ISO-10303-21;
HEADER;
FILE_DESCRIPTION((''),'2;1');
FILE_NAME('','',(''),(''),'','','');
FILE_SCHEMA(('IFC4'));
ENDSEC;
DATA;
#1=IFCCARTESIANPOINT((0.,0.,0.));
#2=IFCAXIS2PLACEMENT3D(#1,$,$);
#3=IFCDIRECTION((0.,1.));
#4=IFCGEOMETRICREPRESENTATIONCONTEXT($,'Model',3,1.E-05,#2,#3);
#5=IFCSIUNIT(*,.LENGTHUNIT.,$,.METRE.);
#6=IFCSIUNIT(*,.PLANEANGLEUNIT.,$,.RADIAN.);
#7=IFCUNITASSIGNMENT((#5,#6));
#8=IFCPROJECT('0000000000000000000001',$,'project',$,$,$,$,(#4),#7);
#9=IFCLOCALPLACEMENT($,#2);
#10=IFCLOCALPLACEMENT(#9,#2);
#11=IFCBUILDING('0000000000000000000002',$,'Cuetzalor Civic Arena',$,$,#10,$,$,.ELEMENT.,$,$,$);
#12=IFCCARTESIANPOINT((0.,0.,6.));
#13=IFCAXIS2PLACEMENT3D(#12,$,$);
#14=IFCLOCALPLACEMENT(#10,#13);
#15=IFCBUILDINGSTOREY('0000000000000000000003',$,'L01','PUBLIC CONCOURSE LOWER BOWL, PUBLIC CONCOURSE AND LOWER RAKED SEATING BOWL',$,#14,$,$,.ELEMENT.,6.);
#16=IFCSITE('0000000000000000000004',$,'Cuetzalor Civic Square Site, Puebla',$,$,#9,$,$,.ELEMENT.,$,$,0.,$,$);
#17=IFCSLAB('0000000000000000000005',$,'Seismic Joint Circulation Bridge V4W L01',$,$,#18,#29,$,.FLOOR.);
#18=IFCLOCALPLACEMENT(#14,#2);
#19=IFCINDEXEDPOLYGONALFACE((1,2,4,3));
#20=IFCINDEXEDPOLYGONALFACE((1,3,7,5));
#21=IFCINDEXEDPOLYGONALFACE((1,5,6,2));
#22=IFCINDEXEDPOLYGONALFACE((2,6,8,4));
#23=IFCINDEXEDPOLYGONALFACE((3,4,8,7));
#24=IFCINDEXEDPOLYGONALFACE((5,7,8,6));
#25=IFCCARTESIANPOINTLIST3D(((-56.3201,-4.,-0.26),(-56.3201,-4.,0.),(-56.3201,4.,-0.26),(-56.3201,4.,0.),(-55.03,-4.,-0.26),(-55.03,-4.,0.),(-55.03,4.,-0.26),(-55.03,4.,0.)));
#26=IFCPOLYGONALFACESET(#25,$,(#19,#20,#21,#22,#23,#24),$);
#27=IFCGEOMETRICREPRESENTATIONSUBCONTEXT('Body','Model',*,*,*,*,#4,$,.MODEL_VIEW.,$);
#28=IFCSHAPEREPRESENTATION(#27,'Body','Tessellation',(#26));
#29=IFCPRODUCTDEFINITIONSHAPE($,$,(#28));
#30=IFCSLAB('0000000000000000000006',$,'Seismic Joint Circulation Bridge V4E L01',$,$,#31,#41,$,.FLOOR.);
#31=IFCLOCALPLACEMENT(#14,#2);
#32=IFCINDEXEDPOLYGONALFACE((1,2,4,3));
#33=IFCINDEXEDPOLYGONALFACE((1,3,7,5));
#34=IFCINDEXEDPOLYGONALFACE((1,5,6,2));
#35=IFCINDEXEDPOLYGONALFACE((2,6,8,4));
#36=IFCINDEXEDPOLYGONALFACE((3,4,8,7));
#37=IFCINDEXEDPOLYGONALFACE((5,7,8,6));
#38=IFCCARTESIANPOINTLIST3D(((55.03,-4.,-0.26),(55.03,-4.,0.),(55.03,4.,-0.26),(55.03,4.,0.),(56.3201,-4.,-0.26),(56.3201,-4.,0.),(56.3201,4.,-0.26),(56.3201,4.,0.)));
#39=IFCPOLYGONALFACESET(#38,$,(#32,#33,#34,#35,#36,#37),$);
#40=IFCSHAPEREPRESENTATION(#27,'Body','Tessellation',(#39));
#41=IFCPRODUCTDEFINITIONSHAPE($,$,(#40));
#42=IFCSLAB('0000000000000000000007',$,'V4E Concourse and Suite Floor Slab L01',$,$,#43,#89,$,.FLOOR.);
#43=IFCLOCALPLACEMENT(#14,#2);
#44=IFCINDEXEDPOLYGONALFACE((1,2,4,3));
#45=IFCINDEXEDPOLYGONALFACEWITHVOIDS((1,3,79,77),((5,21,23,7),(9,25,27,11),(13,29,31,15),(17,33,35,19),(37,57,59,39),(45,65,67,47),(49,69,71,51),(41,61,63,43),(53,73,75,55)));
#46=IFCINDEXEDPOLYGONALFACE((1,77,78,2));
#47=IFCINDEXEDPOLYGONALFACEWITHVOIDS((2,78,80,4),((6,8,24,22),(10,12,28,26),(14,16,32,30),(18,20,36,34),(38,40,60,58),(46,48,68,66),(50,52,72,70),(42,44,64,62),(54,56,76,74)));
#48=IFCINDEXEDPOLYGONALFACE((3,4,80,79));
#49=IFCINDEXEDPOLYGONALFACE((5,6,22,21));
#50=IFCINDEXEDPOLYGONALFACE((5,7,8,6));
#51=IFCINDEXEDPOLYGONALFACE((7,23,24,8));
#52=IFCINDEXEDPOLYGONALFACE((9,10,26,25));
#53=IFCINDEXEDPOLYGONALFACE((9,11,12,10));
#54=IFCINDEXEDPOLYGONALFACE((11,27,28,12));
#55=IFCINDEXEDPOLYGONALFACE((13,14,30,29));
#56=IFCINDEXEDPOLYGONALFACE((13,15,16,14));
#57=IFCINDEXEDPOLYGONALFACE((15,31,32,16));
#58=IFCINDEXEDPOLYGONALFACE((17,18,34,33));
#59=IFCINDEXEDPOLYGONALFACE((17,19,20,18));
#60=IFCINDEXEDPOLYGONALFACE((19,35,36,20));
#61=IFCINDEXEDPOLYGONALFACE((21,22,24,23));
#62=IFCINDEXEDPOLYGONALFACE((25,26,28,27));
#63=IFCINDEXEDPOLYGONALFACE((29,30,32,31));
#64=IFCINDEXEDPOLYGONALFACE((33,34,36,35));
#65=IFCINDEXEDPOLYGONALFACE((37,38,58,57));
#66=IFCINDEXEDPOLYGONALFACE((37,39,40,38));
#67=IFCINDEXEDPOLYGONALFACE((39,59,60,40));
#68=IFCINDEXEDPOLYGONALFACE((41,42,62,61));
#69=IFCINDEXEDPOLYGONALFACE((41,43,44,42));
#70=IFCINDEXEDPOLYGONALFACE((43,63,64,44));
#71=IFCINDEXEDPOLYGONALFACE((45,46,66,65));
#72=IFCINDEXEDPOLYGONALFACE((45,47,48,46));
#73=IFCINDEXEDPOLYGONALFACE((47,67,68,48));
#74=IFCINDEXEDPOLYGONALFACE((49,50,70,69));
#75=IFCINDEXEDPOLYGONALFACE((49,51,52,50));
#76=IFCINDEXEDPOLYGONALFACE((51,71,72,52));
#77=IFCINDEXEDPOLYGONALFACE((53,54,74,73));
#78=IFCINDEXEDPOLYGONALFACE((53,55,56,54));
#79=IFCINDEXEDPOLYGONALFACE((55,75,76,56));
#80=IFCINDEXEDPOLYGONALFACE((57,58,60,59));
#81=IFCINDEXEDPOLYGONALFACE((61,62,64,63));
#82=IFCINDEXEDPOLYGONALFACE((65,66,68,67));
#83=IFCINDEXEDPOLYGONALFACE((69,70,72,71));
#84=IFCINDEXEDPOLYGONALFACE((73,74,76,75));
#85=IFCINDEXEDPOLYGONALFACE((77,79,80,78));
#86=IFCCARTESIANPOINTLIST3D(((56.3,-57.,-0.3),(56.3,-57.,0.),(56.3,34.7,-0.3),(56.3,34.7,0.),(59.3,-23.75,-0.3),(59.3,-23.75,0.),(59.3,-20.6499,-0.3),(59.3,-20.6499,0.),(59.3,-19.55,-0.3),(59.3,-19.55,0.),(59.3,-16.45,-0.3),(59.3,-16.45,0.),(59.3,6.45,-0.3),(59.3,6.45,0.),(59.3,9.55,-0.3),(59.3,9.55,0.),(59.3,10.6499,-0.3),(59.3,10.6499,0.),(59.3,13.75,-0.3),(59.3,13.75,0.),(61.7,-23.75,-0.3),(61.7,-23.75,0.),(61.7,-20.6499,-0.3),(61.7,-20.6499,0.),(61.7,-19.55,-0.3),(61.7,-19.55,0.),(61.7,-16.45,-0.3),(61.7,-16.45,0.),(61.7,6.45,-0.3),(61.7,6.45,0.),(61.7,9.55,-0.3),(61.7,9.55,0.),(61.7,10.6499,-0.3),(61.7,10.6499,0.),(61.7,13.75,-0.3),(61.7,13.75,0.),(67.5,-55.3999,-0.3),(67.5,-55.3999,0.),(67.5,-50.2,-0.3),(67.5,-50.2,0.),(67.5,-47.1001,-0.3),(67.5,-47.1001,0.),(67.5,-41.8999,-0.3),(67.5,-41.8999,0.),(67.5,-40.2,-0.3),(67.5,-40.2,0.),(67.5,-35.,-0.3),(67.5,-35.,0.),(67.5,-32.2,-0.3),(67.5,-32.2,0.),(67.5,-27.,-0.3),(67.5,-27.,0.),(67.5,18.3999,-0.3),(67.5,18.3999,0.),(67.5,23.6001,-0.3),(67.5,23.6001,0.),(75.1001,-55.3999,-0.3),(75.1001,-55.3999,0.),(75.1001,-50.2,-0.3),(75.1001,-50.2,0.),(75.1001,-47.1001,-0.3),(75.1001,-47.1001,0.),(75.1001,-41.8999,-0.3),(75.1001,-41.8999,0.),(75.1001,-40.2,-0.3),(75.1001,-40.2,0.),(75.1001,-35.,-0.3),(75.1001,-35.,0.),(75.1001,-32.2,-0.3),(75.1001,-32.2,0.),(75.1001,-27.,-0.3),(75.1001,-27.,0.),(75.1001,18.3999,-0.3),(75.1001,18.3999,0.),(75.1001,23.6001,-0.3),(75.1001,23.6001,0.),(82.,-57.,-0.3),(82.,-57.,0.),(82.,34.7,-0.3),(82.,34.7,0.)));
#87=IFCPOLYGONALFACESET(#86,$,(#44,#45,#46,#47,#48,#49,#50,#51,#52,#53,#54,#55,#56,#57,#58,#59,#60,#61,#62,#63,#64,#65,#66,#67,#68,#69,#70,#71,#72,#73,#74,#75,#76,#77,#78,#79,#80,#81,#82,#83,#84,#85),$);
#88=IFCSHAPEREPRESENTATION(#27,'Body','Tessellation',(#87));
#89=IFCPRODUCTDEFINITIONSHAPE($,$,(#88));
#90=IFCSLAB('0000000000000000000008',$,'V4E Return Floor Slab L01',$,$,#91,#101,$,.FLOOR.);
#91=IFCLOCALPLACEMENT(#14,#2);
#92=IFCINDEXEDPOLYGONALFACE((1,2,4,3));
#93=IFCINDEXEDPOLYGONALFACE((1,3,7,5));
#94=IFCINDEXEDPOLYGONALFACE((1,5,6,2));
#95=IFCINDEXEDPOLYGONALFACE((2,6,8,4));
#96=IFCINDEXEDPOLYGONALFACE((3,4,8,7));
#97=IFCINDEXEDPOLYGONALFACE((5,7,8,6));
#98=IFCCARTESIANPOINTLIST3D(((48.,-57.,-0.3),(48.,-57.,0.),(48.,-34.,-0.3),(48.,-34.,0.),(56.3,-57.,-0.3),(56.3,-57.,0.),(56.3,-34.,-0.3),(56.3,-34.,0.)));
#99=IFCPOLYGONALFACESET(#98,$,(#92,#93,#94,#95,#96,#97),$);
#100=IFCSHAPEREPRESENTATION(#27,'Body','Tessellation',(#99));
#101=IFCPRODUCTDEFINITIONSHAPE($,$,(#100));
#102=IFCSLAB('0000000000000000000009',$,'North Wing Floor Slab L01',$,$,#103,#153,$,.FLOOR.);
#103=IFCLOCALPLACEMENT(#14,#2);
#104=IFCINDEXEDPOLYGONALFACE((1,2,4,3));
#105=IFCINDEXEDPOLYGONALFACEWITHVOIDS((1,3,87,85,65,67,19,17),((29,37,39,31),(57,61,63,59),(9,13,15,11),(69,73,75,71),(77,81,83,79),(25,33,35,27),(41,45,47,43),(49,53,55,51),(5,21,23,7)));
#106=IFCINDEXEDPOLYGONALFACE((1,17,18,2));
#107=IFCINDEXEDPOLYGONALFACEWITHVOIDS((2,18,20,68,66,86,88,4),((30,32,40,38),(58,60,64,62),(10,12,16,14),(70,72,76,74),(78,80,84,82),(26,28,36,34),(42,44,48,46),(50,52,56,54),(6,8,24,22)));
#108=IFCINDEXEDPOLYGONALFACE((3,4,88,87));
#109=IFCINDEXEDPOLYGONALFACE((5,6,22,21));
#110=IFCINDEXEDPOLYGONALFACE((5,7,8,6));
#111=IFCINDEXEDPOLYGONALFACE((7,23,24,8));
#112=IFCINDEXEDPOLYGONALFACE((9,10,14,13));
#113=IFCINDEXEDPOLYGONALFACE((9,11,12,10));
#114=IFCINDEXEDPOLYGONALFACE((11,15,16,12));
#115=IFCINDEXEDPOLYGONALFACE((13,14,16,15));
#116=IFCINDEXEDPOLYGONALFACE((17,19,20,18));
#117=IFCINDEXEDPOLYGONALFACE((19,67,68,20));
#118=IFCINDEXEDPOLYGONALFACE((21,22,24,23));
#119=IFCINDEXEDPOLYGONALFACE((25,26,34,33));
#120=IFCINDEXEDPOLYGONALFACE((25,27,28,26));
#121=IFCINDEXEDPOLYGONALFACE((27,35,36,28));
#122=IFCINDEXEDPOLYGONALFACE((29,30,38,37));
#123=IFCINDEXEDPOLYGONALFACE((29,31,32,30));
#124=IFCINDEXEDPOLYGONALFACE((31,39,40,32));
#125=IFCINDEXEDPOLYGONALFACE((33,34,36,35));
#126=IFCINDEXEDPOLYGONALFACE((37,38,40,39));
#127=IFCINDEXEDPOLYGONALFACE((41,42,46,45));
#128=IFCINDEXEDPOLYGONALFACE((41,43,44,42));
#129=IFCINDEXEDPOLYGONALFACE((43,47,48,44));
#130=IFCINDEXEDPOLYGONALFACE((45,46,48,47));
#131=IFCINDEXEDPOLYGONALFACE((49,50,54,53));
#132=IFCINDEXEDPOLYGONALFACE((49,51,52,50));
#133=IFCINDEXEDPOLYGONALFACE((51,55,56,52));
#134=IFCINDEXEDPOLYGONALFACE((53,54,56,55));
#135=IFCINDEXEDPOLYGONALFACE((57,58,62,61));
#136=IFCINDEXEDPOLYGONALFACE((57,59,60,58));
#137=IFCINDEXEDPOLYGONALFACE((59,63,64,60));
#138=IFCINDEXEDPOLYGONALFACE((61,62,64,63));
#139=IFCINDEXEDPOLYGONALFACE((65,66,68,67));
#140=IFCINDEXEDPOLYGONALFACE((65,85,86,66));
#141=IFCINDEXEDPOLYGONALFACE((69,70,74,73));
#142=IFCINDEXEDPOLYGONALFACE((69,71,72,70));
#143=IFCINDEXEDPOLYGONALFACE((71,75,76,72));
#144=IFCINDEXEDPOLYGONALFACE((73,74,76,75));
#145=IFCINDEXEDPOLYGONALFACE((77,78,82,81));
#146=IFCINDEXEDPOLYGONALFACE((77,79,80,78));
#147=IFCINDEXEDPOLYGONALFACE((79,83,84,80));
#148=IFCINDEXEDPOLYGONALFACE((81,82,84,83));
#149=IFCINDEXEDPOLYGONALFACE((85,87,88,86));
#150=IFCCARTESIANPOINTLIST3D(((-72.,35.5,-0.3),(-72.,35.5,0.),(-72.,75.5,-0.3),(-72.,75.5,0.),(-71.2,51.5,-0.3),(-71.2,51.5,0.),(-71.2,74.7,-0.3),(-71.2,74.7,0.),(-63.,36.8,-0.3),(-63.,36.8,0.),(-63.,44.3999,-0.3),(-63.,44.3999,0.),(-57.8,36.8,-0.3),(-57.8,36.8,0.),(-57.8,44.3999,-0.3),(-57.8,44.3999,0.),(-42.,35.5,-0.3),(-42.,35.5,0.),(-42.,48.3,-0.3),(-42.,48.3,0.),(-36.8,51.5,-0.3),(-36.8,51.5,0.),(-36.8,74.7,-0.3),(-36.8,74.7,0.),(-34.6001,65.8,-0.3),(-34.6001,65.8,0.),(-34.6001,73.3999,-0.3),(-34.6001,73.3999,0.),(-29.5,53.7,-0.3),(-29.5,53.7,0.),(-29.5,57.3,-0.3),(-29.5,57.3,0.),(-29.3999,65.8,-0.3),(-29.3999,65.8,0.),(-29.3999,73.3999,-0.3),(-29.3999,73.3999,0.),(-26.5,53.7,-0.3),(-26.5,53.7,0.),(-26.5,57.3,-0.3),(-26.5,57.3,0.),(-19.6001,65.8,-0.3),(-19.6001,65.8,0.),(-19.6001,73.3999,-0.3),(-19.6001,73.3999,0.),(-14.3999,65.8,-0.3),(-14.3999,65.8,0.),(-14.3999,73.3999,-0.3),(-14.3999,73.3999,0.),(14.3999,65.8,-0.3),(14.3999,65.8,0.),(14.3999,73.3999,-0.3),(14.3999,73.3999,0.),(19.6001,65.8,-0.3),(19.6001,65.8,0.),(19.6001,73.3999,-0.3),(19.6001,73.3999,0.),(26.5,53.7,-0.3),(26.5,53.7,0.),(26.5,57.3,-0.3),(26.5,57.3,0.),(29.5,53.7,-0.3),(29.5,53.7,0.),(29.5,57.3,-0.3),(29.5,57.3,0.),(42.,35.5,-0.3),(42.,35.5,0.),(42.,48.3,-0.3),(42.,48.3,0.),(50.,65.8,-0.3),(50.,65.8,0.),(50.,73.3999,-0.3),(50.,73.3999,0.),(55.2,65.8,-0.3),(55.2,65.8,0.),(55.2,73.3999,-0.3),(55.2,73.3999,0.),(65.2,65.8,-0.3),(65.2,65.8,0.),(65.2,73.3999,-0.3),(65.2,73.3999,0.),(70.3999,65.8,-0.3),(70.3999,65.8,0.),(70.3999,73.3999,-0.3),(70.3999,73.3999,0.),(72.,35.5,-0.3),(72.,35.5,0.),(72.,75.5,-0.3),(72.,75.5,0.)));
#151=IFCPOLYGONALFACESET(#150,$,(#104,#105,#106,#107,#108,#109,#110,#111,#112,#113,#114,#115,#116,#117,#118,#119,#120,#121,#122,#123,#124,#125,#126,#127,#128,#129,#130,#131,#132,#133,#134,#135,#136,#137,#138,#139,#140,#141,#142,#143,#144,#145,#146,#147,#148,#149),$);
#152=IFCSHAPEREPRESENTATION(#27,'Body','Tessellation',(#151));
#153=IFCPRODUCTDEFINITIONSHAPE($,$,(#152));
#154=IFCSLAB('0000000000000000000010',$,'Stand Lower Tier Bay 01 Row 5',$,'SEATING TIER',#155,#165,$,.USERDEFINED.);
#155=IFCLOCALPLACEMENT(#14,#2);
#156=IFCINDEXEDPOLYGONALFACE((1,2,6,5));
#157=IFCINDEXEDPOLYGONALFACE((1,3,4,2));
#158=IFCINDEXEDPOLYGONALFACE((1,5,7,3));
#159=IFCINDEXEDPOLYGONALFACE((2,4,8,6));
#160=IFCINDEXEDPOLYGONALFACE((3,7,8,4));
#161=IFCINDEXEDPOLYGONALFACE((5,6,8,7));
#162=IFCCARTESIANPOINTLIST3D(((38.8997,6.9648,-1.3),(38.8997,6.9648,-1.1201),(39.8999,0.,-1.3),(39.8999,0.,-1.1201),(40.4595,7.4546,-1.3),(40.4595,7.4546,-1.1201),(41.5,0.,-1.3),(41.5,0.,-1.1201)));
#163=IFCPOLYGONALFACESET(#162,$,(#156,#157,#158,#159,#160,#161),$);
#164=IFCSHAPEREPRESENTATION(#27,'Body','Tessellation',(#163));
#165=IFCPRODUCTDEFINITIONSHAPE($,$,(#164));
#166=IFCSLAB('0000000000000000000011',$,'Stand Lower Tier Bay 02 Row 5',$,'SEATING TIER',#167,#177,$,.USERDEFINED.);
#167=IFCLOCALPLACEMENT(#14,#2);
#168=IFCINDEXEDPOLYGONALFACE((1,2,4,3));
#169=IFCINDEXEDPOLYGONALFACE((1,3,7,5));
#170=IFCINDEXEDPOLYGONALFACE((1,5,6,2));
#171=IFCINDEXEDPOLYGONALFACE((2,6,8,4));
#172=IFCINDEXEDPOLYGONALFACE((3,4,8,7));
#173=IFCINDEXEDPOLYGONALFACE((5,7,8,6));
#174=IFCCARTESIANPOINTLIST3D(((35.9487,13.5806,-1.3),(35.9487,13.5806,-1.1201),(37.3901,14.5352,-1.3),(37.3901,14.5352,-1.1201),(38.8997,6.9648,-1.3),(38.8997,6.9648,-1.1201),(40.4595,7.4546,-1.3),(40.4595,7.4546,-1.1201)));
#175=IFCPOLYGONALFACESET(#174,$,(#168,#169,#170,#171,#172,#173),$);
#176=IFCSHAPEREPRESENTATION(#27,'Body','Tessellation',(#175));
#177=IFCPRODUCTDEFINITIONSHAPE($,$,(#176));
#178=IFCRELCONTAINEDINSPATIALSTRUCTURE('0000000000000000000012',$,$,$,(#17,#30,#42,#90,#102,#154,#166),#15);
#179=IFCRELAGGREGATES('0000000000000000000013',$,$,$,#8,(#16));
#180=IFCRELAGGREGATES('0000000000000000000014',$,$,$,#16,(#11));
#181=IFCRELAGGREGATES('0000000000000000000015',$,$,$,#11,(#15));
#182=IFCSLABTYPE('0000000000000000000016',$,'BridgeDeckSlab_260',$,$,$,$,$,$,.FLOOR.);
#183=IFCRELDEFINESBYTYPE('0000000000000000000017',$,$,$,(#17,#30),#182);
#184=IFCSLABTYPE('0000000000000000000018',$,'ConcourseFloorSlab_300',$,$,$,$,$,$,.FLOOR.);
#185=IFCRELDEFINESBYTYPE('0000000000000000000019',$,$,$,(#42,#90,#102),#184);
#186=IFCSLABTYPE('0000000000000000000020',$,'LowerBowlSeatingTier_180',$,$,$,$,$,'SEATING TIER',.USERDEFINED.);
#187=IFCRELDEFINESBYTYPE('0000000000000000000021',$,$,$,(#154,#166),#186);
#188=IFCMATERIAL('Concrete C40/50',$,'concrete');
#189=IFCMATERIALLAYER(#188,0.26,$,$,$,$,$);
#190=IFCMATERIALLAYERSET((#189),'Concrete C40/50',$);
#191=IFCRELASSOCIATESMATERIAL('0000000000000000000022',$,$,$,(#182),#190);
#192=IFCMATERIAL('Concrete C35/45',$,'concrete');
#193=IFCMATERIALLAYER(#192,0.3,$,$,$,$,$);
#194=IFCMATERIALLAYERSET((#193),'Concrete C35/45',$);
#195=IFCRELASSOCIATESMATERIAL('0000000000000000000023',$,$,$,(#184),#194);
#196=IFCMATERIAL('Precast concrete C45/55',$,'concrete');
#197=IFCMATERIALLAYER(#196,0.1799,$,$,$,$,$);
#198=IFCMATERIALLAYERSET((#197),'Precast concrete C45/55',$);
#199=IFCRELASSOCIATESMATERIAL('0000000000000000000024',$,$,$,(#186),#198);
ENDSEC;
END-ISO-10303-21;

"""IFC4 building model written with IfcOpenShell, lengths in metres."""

from ifc_helpers import new_model, si_unit, direction, frame, origin, place, context, subcontext, project, spatial, polyline, outline, extrude, material, layer, layer_set, type_object, element, save


model = new_model("IFC4")

# Units and contexts
model_context = context("Model", 3, precision=1e-05, world=origin(), true_north=direction((0.0, 1.0)))
body_context = subcontext(model_context, "Body", "Model", "MODEL_VIEW")
ifc_project = project(units=[si_unit("LENGTHUNIT", "METRE"), si_unit("PLANEANGLEUNIT", "RADIAN")], contexts=[model_context])

# Site, building, storey
site_placement = place(None, origin())
site = spatial("IfcSite", under=ifc_project, at=site_placement, Name="Cuetzalor Civic Square Site, Puebla", CompositionType="ELEMENT", RefElevation=0.0)
building_placement = place(site_placement, origin())
building = spatial("IfcBuilding", under=site, at=building_placement, Name="Cuetzalor Civic Arena", CompositionType="ELEMENT")
storey_placement = place(building_placement, frame((0.0, 0.0, 6.0)))
storey = spatial("IfcBuildingStorey", under=building, at=storey_placement, Name="L01", Description="PUBLIC CONCOURSE LOWER BOWL, PUBLIC CONCOURSE AND LOWER RAKED SEATING BOWL", CompositionType="ELEMENT", Elevation=6.0)

# Slabs
ifc_material_1 = material(Name="Concrete C40/50", Category="concrete")
ifc_layer_1 = layer(ifc_material_1, 0.26)
ifc_layer_set_1 = layer_set([ifc_layer_1], Name="Concrete C40/50")
slab_type_1 = type_object("IfcSlabType", Name="BridgeDeckSlab_260", PredefinedType="FLOOR", material=ifc_layer_set_1)
slab_1_placement = place(storey_placement, frame((0.0, 0.0, -0.26)))
element("IfcSlab", 1, at=slab_1_placement, inside=storey, type_object=slab_type_1, Name="Seismic Joint Circulation Bridge V4W L01", PredefinedType="FLOOR", context=body_context, shape_type="SweptSolid", body=[
    extrude(outline(polyline([(-56.3201, -4.0), (-55.03, -4.0), (-55.03, 4.0), (-56.3201, 4.0), (-56.3201, -4.0)])), origin(), (0.0, 0.0, 1.0), 0.26),
])
slab_2_placement = place(storey_placement, frame((0.0, 0.0, -0.26)))
element("IfcSlab", 2, at=slab_2_placement, inside=storey, type_object=slab_type_1, Name="Seismic Joint Circulation Bridge V4E L01", PredefinedType="FLOOR", context=body_context, shape_type="SweptSolid", body=[
    extrude(outline(polyline([(55.03, -4.0), (56.3201, -4.0), (56.3201, 4.0), (55.03, 4.0), (55.03, -4.0)])), origin(), (0.0, 0.0, 1.0), 0.26),
])
ifc_material_2 = material(Name="Concrete C35/45", Category="concrete")
ifc_layer_2 = layer(ifc_material_2, 0.3)
ifc_layer_set_2 = layer_set([ifc_layer_2], Name="Concrete C35/45")
slab_type_2 = type_object("IfcSlabType", Name="ConcourseFloorSlab_300", PredefinedType="FLOOR", material=ifc_layer_set_2)
slab_3_placement = place(storey_placement, frame((0.0, 0.0, -0.3)))
element("IfcSlab", 3, at=slab_3_placement, inside=storey, type_object=slab_type_2, Name="V4E Concourse and Suite Floor Slab L01", PredefinedType="FLOOR", context=body_context, shape_type="SweptSolid", body=[
    extrude(outline(polyline([(56.3, -57.0), (82.0, -57.0), (82.0, 34.7), (56.3, 34.7), (56.3, -57.0)]), holes=[polyline([(67.5, -55.3999), (75.1001, -55.3999), (75.1001, -50.2), (67.5, -50.2), (67.5, -55.3999)]), polyline([(67.5, -47.1001), (75.1001, -47.1001), (75.1001, -41.8999), (67.5, -41.8999), (67.5, -47.1001)]), polyline([(67.5, -40.2), (75.1001, -40.2), (75.1001, -35.0), (67.5, -35.0), (67.5, -40.2)]), polyline([(67.5, -32.2), (75.1001, -32.2), (75.1001, -27.0), (67.5, -27.0), (67.5, -32.2)]), polyline([(67.5, 18.3999), (75.1001, 18.3999), (75.1001, 23.6001), (67.5, 23.6001), (67.5, 18.3999)]), polyline([(59.3, -19.55), (61.7, -19.55), (61.7, -16.45), (59.3, -16.45), (59.3, -19.55)]), polyline([(59.3, 6.45), (61.7, 6.45), (61.7, 9.55), (59.3, 9.55), (59.3, 6.45)]), polyline([(59.3, -23.75), (61.7, -23.75), (61.7, -20.6499), (59.3, -20.6499), (59.3, -23.75)]), polyline([(59.3, 10.6499), (61.7, 10.6499), (61.7, 13.75), (59.3, 13.75), (59.3, 10.6499)])]), origin(), (0.0, 0.0, 1.0), 0.3),
])
slab_4_placement = place(storey_placement, frame((0.0, 0.0, -0.3)))
element("IfcSlab", 4, at=slab_4_placement, inside=storey, type_object=slab_type_2, Name="V4E Return Floor Slab L01", PredefinedType="FLOOR", context=body_context, shape_type="SweptSolid", body=[
    extrude(outline(polyline([(48.0, -57.0), (56.3, -57.0), (56.3, -34.0), (48.0, -34.0), (48.0, -57.0)])), origin(), (0.0, 0.0, 1.0), 0.3),
])
slab_5_placement = place(storey_placement, frame((0.0, 0.0, -0.3)))
element("IfcSlab", 5, at=slab_5_placement, inside=storey, type_object=slab_type_2, Name="North Wing Floor Slab L01", PredefinedType="FLOOR", context=body_context, shape_type="SweptSolid", body=[
    extrude(outline(polyline([(-72.0, 75.5), (72.0, 75.5), (72.0, 35.5), (42.0, 35.5), (42.0, 48.3), (-42.0, 48.3), (-42.0, 35.5), (-72.0, 35.5), (-72.0, 75.5)]), holes=[polyline([(-36.8, 51.5), (-36.8, 74.7), (-71.2, 74.7), (-71.2, 51.5), (-36.8, 51.5)]), polyline([(-63.0, 36.8), (-57.8, 36.8), (-57.8, 44.3999), (-63.0, 44.3999), (-63.0, 36.8)]), polyline([(-34.6001, 73.3999), (-34.6001, 65.8), (-29.3999, 65.8), (-29.3999, 73.3999), (-34.6001, 73.3999)]), polyline([(-14.3999, 73.3999), (-19.6001, 73.3999), (-19.6001, 65.8), (-14.3999, 65.8), (-14.3999, 73.3999)]), polyline([(19.6001, 65.8), (19.6001, 73.3999), (14.3999, 73.3999), (14.3999, 65.8), (19.6001, 65.8)]), polyline([(50.0, 65.8), (55.2, 65.8), (55.2, 73.3999), (50.0, 73.3999), (50.0, 65.8)]), polyline([(65.2, 73.3999), (65.2, 65.8), (70.3999, 65.8), (70.3999, 73.3999), (65.2, 73.3999)]), polyline([(-26.5, 57.3), (-29.5, 57.3), (-29.5, 53.7), (-26.5, 53.7), (-26.5, 57.3)]), polyline([(29.5, 53.7), (29.5, 57.3), (26.5, 57.3), (26.5, 53.7), (29.5, 53.7)])]), origin(), (0.0, 0.0, 1.0), 0.3),
])
ifc_material_3 = material(Name="Precast concrete C45/55", Category="concrete")
ifc_layer_3 = layer(ifc_material_3, 0.1799)
ifc_layer_set_3 = layer_set([ifc_layer_3], Name="Precast concrete C45/55")
slab_type_3 = type_object("IfcSlabType", Name="LowerBowlSeatingTier_180", ElementType="SEATING TIER", PredefinedType="USERDEFINED", material=ifc_layer_set_3)
slab_6_placement = place(storey_placement, frame((0.0, 0.0, -1.3)))
element("IfcSlab", 6, at=slab_6_placement, inside=storey, type_object=slab_type_3, Name="Stand Lower Tier Bay 01 Row 5", ObjectType="SEATING TIER", PredefinedType="USERDEFINED", context=body_context, shape_type="SweptSolid", body=[
    extrude(outline(polyline([(39.8999, 0.0), (38.8997, 6.9648), (40.4595, 7.4546), (41.5, 0.0), (39.8999, 0.0)])), origin(), (0.0, 0.0, 1.0), 0.1799),
])
slab_7_placement = place(storey_placement, frame((0.0, 0.0, -1.3)))
element("IfcSlab", 7, at=slab_7_placement, inside=storey, type_object=slab_type_3, Name="Stand Lower Tier Bay 02 Row 5", ObjectType="SEATING TIER", PredefinedType="USERDEFINED", context=body_context, shape_type="SweptSolid", body=[
    extrude(outline(polyline([(38.8997, 6.9648), (35.9487, 13.5806), (37.3901, 14.5352), (40.4595, 7.4546), (38.8997, 6.9648)])), origin(), (0.0, 0.0, 1.0), 0.1799),
])

save(model, "model.ifc")
